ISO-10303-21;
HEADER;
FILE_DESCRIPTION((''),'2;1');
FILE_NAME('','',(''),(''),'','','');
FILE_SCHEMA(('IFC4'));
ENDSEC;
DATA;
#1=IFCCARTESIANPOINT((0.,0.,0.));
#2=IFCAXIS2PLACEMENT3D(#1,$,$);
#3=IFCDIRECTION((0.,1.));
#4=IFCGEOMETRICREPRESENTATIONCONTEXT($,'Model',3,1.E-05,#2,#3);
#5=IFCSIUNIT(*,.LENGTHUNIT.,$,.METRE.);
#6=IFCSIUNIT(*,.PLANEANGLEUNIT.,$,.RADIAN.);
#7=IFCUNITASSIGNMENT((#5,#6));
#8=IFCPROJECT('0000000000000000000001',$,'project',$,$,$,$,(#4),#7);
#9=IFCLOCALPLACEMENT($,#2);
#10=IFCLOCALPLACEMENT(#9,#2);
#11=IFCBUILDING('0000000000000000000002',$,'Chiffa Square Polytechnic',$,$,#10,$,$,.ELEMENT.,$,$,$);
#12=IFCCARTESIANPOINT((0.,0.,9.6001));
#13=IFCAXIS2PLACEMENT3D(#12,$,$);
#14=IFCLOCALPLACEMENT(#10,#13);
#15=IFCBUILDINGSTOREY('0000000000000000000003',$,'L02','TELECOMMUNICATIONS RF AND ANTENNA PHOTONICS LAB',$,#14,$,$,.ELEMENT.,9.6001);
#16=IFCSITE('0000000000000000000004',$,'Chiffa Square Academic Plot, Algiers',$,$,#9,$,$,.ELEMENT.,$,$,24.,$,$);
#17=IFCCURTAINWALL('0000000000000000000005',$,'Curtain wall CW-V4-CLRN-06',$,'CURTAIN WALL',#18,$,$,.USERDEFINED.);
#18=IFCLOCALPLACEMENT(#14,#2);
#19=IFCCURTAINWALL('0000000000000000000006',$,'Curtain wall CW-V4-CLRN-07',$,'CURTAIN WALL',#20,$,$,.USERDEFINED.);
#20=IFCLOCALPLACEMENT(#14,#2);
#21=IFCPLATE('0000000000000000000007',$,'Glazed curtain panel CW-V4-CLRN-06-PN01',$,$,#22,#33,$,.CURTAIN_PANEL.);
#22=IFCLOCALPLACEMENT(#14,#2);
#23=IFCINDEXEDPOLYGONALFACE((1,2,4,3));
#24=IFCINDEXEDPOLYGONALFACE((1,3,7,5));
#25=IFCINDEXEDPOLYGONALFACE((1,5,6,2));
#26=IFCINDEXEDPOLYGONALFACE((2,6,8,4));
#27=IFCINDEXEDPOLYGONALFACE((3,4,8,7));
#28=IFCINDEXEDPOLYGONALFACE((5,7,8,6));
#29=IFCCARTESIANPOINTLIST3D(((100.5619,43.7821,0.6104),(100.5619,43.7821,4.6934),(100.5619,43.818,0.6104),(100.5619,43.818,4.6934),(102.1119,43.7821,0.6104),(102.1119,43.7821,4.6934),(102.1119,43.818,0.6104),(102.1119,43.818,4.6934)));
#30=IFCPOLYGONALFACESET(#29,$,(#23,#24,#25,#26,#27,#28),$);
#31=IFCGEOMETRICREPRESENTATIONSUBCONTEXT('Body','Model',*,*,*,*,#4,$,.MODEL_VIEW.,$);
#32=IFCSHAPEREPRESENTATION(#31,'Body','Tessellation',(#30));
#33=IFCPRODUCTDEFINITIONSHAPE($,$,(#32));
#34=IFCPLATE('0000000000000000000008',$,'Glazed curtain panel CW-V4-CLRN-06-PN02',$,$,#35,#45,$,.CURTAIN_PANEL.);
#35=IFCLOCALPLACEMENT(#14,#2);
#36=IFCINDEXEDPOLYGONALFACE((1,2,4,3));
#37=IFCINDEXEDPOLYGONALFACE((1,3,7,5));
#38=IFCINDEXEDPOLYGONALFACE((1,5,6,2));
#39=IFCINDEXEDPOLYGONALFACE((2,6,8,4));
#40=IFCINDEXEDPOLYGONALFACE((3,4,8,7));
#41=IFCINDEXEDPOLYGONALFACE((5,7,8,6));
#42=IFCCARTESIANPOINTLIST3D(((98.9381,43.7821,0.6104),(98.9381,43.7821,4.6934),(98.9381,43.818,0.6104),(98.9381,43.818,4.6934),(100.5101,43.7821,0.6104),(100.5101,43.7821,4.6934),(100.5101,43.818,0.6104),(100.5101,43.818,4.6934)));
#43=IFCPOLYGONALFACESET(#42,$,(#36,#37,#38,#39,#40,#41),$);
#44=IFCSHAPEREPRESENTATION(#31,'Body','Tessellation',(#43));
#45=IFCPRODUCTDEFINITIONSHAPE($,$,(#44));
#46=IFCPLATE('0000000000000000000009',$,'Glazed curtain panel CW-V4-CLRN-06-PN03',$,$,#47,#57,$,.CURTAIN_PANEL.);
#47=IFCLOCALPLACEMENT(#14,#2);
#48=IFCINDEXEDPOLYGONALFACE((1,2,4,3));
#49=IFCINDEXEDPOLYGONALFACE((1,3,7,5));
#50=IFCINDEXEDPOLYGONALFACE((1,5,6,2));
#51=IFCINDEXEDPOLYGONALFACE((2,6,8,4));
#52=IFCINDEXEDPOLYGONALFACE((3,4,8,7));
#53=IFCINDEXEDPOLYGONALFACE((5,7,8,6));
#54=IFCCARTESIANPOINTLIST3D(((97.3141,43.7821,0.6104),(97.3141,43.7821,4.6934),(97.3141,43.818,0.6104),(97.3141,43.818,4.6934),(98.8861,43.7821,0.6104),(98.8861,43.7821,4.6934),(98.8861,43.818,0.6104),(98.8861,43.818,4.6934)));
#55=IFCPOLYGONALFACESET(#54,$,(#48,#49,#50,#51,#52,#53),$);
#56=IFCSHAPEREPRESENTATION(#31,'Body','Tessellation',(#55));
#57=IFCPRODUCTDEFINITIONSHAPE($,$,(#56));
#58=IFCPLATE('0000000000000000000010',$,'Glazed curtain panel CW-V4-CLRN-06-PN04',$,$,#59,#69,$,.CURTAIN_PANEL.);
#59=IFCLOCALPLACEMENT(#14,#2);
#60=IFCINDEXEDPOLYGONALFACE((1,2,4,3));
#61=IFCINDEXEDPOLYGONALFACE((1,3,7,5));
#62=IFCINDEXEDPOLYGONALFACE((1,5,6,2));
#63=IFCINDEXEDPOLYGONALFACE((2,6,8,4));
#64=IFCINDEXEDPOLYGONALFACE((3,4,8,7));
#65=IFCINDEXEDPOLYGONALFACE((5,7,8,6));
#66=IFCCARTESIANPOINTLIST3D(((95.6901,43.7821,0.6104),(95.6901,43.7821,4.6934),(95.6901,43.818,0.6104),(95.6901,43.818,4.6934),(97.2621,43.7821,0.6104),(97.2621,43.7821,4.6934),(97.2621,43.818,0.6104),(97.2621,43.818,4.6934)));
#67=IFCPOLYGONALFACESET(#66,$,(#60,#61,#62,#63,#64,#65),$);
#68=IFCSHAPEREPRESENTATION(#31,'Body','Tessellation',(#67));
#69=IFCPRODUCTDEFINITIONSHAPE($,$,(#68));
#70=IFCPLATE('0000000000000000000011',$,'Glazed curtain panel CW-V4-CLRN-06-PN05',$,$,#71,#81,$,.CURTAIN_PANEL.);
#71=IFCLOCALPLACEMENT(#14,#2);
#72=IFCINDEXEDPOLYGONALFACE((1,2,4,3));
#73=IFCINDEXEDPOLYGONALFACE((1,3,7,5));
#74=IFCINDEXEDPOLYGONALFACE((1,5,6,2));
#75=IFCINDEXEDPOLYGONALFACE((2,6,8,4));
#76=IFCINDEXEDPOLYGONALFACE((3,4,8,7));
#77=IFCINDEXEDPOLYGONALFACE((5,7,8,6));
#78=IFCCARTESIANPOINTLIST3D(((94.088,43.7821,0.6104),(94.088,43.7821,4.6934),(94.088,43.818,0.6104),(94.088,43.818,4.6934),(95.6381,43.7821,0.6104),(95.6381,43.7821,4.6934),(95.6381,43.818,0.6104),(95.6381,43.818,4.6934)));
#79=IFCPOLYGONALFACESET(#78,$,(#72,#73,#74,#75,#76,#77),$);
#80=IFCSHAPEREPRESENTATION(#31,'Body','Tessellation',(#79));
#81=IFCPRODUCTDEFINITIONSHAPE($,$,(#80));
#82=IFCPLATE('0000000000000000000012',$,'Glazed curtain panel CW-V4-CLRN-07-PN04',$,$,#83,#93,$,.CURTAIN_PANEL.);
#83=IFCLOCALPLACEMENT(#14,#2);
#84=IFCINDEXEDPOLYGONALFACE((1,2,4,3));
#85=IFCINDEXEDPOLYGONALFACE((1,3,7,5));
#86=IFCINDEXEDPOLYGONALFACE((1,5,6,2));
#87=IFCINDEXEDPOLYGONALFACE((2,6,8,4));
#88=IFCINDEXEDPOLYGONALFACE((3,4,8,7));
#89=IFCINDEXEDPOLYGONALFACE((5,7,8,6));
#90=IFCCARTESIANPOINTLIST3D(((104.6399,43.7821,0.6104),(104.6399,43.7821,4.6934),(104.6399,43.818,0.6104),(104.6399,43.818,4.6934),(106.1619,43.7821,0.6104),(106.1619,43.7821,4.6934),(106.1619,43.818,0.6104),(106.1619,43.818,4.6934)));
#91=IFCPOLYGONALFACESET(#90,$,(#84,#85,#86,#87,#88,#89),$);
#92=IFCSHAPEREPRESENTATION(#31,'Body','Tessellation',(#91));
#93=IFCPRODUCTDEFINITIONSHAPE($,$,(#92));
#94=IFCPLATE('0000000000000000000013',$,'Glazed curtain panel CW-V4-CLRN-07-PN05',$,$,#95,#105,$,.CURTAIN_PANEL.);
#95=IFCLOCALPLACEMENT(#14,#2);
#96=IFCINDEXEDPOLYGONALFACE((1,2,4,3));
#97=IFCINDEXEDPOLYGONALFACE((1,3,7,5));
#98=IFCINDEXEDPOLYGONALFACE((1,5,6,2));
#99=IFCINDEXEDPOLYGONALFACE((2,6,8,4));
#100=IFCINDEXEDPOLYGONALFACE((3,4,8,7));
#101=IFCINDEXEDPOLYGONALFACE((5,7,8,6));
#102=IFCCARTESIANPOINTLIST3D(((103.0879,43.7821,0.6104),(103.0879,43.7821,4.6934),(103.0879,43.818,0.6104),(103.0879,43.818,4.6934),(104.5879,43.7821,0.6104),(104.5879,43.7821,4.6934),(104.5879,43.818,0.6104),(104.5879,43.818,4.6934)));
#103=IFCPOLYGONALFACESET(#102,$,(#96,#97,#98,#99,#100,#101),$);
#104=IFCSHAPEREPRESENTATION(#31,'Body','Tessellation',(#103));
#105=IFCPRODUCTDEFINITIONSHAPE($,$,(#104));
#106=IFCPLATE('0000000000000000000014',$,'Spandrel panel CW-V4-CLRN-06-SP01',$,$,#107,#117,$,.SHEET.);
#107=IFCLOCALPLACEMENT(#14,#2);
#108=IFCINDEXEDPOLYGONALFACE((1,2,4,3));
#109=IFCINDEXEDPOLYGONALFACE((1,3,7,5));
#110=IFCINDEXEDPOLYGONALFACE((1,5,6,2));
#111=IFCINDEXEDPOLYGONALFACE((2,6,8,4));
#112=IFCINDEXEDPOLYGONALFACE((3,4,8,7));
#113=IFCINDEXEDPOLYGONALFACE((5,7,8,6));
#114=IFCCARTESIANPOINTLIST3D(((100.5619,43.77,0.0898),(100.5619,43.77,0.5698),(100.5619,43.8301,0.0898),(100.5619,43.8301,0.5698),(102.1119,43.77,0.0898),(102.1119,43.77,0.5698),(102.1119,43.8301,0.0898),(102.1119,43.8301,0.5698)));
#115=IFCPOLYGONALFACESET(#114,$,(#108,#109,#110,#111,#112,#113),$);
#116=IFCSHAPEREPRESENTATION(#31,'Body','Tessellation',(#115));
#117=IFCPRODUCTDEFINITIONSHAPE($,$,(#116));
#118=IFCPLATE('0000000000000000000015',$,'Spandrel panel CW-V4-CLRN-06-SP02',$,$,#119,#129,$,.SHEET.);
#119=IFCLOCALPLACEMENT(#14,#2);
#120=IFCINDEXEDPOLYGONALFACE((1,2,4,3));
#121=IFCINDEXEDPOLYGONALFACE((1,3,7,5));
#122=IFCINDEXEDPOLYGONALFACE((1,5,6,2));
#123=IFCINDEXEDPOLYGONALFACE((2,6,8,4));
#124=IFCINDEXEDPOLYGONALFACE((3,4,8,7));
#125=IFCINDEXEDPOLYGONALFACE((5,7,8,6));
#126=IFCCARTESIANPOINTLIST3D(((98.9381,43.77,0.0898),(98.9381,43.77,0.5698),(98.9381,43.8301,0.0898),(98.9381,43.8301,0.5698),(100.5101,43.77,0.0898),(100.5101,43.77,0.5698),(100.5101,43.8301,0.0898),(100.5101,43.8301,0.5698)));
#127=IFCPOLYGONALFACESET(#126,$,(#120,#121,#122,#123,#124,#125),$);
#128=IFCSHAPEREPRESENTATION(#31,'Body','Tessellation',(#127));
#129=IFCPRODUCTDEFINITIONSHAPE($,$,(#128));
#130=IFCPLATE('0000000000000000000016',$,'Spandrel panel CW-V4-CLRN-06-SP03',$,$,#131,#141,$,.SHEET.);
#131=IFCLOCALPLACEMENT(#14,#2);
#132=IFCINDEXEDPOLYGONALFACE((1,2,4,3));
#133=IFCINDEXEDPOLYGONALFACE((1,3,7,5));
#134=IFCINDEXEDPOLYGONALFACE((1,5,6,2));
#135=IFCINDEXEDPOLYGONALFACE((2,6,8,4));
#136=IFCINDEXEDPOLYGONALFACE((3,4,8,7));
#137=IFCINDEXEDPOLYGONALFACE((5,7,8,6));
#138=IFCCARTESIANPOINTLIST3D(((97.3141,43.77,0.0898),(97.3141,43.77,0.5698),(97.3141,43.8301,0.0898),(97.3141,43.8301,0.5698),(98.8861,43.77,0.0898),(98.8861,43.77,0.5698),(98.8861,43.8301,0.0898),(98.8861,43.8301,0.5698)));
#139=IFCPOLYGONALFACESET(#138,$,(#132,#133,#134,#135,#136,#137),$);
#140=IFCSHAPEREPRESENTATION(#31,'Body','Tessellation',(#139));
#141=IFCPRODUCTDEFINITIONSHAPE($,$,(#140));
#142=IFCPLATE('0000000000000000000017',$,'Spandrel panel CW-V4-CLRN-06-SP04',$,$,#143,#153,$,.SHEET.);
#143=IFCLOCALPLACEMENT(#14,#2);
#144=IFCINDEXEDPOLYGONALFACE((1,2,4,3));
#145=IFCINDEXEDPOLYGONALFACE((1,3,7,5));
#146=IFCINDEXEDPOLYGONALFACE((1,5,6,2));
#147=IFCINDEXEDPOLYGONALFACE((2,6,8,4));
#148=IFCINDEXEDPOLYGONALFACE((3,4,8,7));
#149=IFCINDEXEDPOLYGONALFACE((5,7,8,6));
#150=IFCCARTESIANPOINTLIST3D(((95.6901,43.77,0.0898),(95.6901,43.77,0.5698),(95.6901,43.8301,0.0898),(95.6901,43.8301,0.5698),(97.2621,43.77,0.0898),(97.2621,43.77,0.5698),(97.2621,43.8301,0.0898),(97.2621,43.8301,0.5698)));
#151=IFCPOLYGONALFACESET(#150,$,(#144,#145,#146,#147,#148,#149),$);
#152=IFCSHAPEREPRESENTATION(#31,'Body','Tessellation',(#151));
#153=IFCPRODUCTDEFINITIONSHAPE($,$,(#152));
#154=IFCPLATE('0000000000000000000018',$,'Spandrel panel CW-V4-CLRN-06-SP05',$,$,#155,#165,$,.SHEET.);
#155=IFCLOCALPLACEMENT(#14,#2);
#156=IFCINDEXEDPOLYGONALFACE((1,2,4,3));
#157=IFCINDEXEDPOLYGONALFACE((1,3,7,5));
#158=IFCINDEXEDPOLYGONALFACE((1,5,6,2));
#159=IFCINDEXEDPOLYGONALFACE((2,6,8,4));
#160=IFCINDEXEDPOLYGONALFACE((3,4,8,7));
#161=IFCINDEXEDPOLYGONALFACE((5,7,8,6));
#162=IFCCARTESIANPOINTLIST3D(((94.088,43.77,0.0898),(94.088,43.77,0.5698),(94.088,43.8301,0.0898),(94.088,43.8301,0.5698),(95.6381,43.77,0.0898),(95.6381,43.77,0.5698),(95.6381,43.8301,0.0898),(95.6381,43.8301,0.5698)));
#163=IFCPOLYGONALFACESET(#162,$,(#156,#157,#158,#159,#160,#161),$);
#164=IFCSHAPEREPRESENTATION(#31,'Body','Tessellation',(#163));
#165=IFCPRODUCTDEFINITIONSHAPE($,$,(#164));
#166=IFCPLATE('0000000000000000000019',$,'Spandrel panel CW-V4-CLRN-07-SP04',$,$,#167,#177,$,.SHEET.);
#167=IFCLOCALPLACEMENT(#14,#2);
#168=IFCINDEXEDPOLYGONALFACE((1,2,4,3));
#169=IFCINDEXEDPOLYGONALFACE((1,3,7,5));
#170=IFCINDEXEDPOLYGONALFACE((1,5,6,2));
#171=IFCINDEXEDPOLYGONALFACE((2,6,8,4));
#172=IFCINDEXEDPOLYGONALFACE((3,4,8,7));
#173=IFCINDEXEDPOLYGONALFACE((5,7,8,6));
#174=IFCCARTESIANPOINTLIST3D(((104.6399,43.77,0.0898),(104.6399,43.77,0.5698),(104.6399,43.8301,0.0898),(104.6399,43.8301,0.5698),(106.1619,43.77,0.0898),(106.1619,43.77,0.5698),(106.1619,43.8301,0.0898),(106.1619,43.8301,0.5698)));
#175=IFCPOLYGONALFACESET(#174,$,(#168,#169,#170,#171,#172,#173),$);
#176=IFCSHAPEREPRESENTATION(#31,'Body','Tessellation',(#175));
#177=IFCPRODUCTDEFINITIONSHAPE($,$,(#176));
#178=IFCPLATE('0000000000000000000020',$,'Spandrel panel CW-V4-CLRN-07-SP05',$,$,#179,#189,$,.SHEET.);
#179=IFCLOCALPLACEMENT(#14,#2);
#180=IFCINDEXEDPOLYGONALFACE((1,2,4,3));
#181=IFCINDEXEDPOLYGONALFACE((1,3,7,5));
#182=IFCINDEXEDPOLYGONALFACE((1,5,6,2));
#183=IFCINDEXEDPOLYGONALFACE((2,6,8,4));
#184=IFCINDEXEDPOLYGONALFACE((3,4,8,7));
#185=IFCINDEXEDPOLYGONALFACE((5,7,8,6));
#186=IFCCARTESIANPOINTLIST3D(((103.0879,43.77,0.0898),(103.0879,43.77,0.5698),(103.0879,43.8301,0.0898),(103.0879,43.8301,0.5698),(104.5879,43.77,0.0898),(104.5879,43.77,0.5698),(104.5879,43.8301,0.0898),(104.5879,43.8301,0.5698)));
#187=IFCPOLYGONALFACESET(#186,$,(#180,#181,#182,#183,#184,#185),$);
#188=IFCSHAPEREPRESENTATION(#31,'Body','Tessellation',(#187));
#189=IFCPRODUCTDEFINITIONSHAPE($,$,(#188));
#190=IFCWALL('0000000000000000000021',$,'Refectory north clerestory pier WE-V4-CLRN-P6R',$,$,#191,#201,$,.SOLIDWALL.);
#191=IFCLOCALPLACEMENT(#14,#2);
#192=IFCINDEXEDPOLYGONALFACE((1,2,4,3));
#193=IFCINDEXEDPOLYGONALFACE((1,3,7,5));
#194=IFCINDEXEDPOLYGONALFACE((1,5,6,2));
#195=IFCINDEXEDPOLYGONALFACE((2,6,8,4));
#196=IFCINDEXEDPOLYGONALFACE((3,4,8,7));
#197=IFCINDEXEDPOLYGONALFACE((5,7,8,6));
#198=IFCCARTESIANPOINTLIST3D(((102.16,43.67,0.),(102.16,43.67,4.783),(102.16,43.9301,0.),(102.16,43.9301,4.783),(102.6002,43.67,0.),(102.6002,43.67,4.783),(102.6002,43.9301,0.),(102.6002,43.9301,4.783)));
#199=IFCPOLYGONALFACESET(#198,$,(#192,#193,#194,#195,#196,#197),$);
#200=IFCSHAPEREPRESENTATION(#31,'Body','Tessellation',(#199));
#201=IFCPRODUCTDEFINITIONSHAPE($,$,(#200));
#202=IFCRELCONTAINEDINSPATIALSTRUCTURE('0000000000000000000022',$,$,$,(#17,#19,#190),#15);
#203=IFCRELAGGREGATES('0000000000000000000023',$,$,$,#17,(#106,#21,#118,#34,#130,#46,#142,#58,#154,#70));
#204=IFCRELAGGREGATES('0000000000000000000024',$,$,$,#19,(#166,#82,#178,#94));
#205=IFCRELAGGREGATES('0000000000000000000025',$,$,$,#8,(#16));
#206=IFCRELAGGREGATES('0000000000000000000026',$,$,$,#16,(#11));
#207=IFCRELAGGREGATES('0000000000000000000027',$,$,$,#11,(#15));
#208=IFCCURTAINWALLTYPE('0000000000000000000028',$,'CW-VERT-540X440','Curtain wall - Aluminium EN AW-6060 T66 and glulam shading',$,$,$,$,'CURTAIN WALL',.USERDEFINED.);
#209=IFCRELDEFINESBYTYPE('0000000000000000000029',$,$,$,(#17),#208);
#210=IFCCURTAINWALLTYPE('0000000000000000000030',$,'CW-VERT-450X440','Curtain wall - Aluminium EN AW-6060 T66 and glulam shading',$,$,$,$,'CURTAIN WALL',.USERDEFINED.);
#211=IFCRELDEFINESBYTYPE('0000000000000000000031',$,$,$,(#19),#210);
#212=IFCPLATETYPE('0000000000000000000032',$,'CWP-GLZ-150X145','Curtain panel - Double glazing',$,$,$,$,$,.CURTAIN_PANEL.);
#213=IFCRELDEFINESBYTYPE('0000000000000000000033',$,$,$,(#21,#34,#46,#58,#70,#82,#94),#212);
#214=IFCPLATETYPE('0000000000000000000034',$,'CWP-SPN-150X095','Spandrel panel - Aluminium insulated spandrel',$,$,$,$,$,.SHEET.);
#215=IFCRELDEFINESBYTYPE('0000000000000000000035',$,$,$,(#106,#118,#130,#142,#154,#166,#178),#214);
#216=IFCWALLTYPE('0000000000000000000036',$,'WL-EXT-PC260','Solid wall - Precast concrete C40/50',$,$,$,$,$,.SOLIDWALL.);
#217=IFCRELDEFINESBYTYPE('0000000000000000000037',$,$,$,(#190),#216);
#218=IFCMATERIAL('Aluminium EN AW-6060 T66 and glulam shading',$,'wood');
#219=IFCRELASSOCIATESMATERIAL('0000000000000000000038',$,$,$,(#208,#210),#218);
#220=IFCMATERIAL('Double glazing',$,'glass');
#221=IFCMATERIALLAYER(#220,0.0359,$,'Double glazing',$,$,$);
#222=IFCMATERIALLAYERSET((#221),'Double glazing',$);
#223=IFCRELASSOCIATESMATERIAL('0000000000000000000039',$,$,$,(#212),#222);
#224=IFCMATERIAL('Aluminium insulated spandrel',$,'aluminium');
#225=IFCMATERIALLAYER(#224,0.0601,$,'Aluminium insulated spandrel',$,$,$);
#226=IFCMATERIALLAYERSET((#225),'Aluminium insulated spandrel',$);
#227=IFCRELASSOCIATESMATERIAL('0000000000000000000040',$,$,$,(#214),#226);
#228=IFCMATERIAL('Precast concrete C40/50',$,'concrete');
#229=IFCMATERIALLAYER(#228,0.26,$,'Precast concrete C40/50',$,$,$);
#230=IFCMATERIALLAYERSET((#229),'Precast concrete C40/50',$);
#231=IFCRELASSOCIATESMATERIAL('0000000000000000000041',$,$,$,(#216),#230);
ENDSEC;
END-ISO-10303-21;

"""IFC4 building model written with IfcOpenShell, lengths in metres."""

from ifc_helpers import new_model, si_unit, direction, frame, frame_2d, origin, origin_2d, place, context, subcontext, project, spatial, rectangle, extrude, material, layer, layer_set, type_object, element, aggregate, save


model = new_model("IFC4")

# Units and contexts
model_context = context("Model", 3, precision=1e-05, world=origin(), true_north=direction((0.0, 1.0)))
body_context = subcontext(model_context, "Body", "Model", "MODEL_VIEW")
ifc_project = project(units=[si_unit("LENGTHUNIT", "METRE"), si_unit("PLANEANGLEUNIT", "RADIAN")], contexts=[model_context])

# Site, building, storey
site_placement = place(None, origin())
site = spatial("IfcSite", under=ifc_project, at=site_placement, Name="Chiffa Square Academic Plot, Algiers", CompositionType="ELEMENT", RefElevation=24.0)
building_placement = place(site_placement, origin())
building = spatial("IfcBuilding", under=site, at=building_placement, Name="Chiffa Square Polytechnic", CompositionType="ELEMENT")
storey_placement = place(building_placement, frame((0.0, 0.0, 9.6001)))
storey = spatial("IfcBuildingStorey", under=building, at=storey_placement, Name="L02", Description="TELECOMMUNICATIONS RF AND ANTENNA PHOTONICS LAB", CompositionType="ELEMENT", Elevation=9.6001)

# Curtain walls
ifc_material_1 = material(Name="Aluminium EN AW-6060 T66 and glulam shading", Category="wood")
curtain_wall_type_1 = type_object("IfcCurtainWallType", Name="CW-VERT-540X440", Description="Curtain wall - Aluminium EN AW-6060 T66 and glulam shading", ElementType="CURTAIN WALL", PredefinedType="USERDEFINED", material=ifc_material_1)
curtain_wall_1_placement = place(storey_placement, origin())
curtain_wall_1 = element("IfcCurtainWall", 1, at=curtain_wall_1_placement, inside=storey, type_object=curtain_wall_type_1, Name="Curtain wall CW-V4-CLRN-06", ObjectType="CURTAIN WALL", PredefinedType="USERDEFINED")
curtain_wall_type_2 = type_object("IfcCurtainWallType", Name="CW-VERT-450X440", Description="Curtain wall - Aluminium EN AW-6060 T66 and glulam shading", ElementType="CURTAIN WALL", PredefinedType="USERDEFINED", material=ifc_material_1)
curtain_wall_2_placement = place(storey_placement, origin())
curtain_wall_2 = element("IfcCurtainWall", 2, at=curtain_wall_2_placement, inside=storey, type_object=curtain_wall_type_2, Name="Curtain wall CW-V4-CLRN-07", ObjectType="CURTAIN WALL", PredefinedType="USERDEFINED")

# Plates
ifc_material_2 = material(Name="Double glazing", Category="glass")
ifc_layer_1 = layer(ifc_material_2, 0.0359, Name="Double glazing")
ifc_layer_set_1 = layer_set([ifc_layer_1], Name="Double glazing")
plate_type_1 = type_object("IfcPlateType", Name="CWP-GLZ-150X145", Description="Curtain panel - Double glazing", PredefinedType="CURTAIN_PANEL", material=ifc_layer_set_1)
plate_1_placement = place(storey_placement, frame((101.3369, 43.8, 0.6104), z_axis=(0.0, 0.0, 1.0), x_axis=(-1.0, 0.0, 0.0)))
plate_1 = element("IfcPlate", 3, at=plate_1_placement, type_object=plate_type_1, Name="Glazed curtain panel CW-V4-CLRN-06-PN01", PredefinedType="CURTAIN_PANEL", context=body_context, shape_type="SweptSolid", body=[
    extrude(rectangle(XDim=1.55, YDim=0.0359, at=origin_2d()), origin(), (0.0, 0.0, 1.0), 4.083),
])
plate_2_placement = place(storey_placement, frame((99.7241, 43.8, 0.6104), z_axis=(0.0, 0.0, 1.0), x_axis=(-1.0, 0.0, 0.0)))
plate_2 = element("IfcPlate", 4, at=plate_2_placement, type_object=plate_type_1, Name="Glazed curtain panel CW-V4-CLRN-06-PN02", PredefinedType="CURTAIN_PANEL", context=body_context, shape_type="SweptSolid", body=[
    extrude(rectangle(XDim=1.572, YDim=0.0359, at=origin_2d()), origin(), (0.0, 0.0, 1.0), 4.083),
])
plate_3_placement = place(storey_placement, frame((98.1001, 43.8, 0.6104), z_axis=(0.0, 0.0, 1.0), x_axis=(-1.0, 0.0, 0.0)))
plate_3 = element("IfcPlate", 5, at=plate_3_placement, type_object=plate_type_1, Name="Glazed curtain panel CW-V4-CLRN-06-PN03", PredefinedType="CURTAIN_PANEL", context=body_context, shape_type="SweptSolid", body=[
    extrude(rectangle(XDim=1.572, YDim=0.0359, at=origin_2d()), origin(), (0.0, 0.0, 1.0), 4.083),
])
plate_4_placement = place(storey_placement, frame((96.4761, 43.8, 0.6104), z_axis=(0.0, 0.0, 1.0), x_axis=(-1.0, 0.0, 0.0)))
plate_4 = element("IfcPlate", 6, at=plate_4_placement, type_object=plate_type_1, Name="Glazed curtain panel CW-V4-CLRN-06-PN04", PredefinedType="CURTAIN_PANEL", context=body_context, shape_type="SweptSolid", body=[
    extrude(rectangle(XDim=1.572, YDim=0.0359, at=origin_2d()), origin(), (0.0, 0.0, 1.0), 4.083),
])
plate_5_placement = place(storey_placement, frame((94.863, 43.8, 0.6104), z_axis=(0.0, 0.0, 1.0), x_axis=(-1.0, 0.0, 0.0)))
plate_5 = element("IfcPlate", 7, at=plate_5_placement, type_object=plate_type_1, Name="Glazed curtain panel CW-V4-CLRN-06-PN05", PredefinedType="CURTAIN_PANEL", context=body_context, shape_type="SweptSolid", body=[
    extrude(rectangle(XDim=1.55, YDim=0.0359, at=origin_2d()), origin(), (0.0, 0.0, 1.0), 4.083),
])
plate_6_placement = place(storey_placement, frame((105.4009, 43.8, 0.6104), z_axis=(0.0, 0.0, 1.0), x_axis=(-1.0, 0.0, 0.0)))
plate_6 = element("IfcPlate", 8, at=plate_6_placement, type_object=plate_type_1, Name="Glazed curtain panel CW-V4-CLRN-07-PN04", PredefinedType="CURTAIN_PANEL", context=body_context, shape_type="SweptSolid", body=[
    extrude(rectangle(XDim=1.522, YDim=0.0359, at=origin_2d()), origin(), (0.0, 0.0, 1.0), 4.083),
])
plate_7_placement = place(storey_placement, frame((103.8379, 43.8, 0.6104), z_axis=(0.0, 0.0, 1.0), x_axis=(-1.0, 0.0, 0.0)))
plate_7 = element("IfcPlate", 9, at=plate_7_placement, type_object=plate_type_1, Name="Glazed curtain panel CW-V4-CLRN-07-PN05", PredefinedType="CURTAIN_PANEL", context=body_context, shape_type="SweptSolid", body=[
    extrude(rectangle(XDim=1.5, YDim=0.0359, at=origin_2d()), origin(), (0.0, 0.0, 1.0), 4.083),
])
ifc_material_3 = material(Name="Aluminium insulated spandrel", Category="aluminium")
ifc_layer_2 = layer(ifc_material_3, 0.0601, Name="Aluminium insulated spandrel")
ifc_layer_set_2 = layer_set([ifc_layer_2], Name="Aluminium insulated spandrel")
plate_type_2 = type_object("IfcPlateType", Name="CWP-SPN-150X095", Description="Spandrel panel - Aluminium insulated spandrel", PredefinedType="SHEET", material=ifc_layer_set_2)
plate_8_placement = place(storey_placement, frame((101.3369, 43.8, 0.0898), z_axis=(0.0, 0.0, 1.0), x_axis=(-1.0, 0.0, 0.0)))
plate_8 = element("IfcPlate", 10, at=plate_8_placement, type_object=plate_type_2, Name="Spandrel panel CW-V4-CLRN-06-SP01", PredefinedType="SHEET", context=body_context, shape_type="SweptSolid", body=[
    extrude(rectangle(XDim=1.55, YDim=0.0601, at=origin_2d()), origin(), (0.0, 0.0, 1.0), 0.48),
])
plate_9_placement = place(storey_placement, frame((99.7241, 43.8, 0.0898), z_axis=(0.0, 0.0, 1.0), x_axis=(-1.0, 0.0, 0.0)))
plate_9 = element("IfcPlate", 11, at=plate_9_placement, type_object=plate_type_2, Name="Spandrel panel CW-V4-CLRN-06-SP02", PredefinedType="SHEET", context=body_context, shape_type="SweptSolid", body=[
    extrude(rectangle(XDim=1.572, YDim=0.0601, at=origin_2d()), origin(), (0.0, 0.0, 1.0), 0.48),
])
plate_10_placement = place(storey_placement, frame((98.1001, 43.8, 0.0898), z_axis=(0.0, 0.0, 1.0), x_axis=(-1.0, 0.0, 0.0)))
plate_10 = element("IfcPlate", 12, at=plate_10_placement, type_object=plate_type_2, Name="Spandrel panel CW-V4-CLRN-06-SP03", PredefinedType="SHEET", context=body_context, shape_type="SweptSolid", body=[
    extrude(rectangle(XDim=1.572, YDim=0.0601, at=origin_2d()), origin(), (0.0, 0.0, 1.0), 0.48),
])
plate_11_placement = place(storey_placement, frame((96.4761, 43.8, 0.0898), z_axis=(0.0, 0.0, 1.0), x_axis=(-1.0, 0.0, 0.0)))
plate_11 = element("IfcPlate", 13, at=plate_11_placement, type_object=plate_type_2, Name="Spandrel panel CW-V4-CLRN-06-SP04", PredefinedType="SHEET", context=body_context, shape_type="SweptSolid", body=[
    extrude(rectangle(XDim=1.572, YDim=0.0601, at=origin_2d()), origin(), (0.0, 0.0, 1.0), 0.48),
])
plate_12_placement = place(storey_placement, frame((94.863, 43.8, 0.0898), z_axis=(0.0, 0.0, 1.0), x_axis=(-1.0, 0.0, 0.0)))
plate_12 = element("IfcPlate", 14, at=plate_12_placement, type_object=plate_type_2, Name="Spandrel panel CW-V4-CLRN-06-SP05", PredefinedType="SHEET", context=body_context, shape_type="SweptSolid", body=[
    extrude(rectangle(XDim=1.55, YDim=0.0601, at=origin_2d()), origin(), (0.0, 0.0, 1.0), 0.48),
])
aggregate(curtain_wall_1, [plate_8, plate_1, plate_9, plate_2, plate_10, plate_3, plate_11, plate_4, plate_12, plate_5])
plate_13_placement = place(storey_placement, frame((105.4009, 43.8, 0.0898), z_axis=(0.0, 0.0, 1.0), x_axis=(-1.0, 0.0, 0.0)))
plate_13 = element("IfcPlate", 15, at=plate_13_placement, type_object=plate_type_2, Name="Spandrel panel CW-V4-CLRN-07-SP04", PredefinedType="SHEET", context=body_context, shape_type="SweptSolid", body=[
    extrude(rectangle(XDim=1.522, YDim=0.0601, at=origin_2d()), origin(), (0.0, 0.0, 1.0), 0.48),
])
plate_14_placement = place(storey_placement, frame((103.8379, 43.8, 0.0898), z_axis=(0.0, 0.0, 1.0), x_axis=(-1.0, 0.0, 0.0)))
plate_14 = element("IfcPlate", 16, at=plate_14_placement, type_object=plate_type_2, Name="Spandrel panel CW-V4-CLRN-07-SP05", PredefinedType="SHEET", context=body_context, shape_type="SweptSolid", body=[
    extrude(rectangle(XDim=1.5, YDim=0.0601, at=origin_2d()), origin(), (0.0, 0.0, 1.0), 0.48),
])
aggregate(curtain_wall_2, [plate_13, plate_6, plate_14, plate_7])

# Wall
ifc_material_4 = material(Name="Precast concrete C40/50", Category="concrete")
ifc_layer_3 = layer(ifc_material_4, 0.26, Name="Precast concrete C40/50")
ifc_layer_set_3 = layer_set([ifc_layer_3], Name="Precast concrete C40/50")
wall_type = type_object("IfcWallType", Name="WL-EXT-PC260", Description="Solid wall - Precast concrete C40/50", PredefinedType="SOLIDWALL", material=ifc_layer_set_3)
wall_1_placement = place(storey_placement, frame((102.1599, 43.8, 0.0), z_axis=(0.0, 0.0, 1.0), x_axis=(1.0, 0.0, 0.0)))
element("IfcWall", 17, at=wall_1_placement, inside=storey, type_object=wall_type, Name="Refectory north clerestory pier WE-V4-CLRN-P6R", PredefinedType="SOLIDWALL", context=body_context, shape_type="SweptSolid", body=[
    extrude(rectangle(XDim=0.4402, YDim=0.26, at=frame_2d((0.2202, 0.0))), origin(), (0.0, 0.0, 1.0), 4.783),
])

save(model, "model.ifc")
